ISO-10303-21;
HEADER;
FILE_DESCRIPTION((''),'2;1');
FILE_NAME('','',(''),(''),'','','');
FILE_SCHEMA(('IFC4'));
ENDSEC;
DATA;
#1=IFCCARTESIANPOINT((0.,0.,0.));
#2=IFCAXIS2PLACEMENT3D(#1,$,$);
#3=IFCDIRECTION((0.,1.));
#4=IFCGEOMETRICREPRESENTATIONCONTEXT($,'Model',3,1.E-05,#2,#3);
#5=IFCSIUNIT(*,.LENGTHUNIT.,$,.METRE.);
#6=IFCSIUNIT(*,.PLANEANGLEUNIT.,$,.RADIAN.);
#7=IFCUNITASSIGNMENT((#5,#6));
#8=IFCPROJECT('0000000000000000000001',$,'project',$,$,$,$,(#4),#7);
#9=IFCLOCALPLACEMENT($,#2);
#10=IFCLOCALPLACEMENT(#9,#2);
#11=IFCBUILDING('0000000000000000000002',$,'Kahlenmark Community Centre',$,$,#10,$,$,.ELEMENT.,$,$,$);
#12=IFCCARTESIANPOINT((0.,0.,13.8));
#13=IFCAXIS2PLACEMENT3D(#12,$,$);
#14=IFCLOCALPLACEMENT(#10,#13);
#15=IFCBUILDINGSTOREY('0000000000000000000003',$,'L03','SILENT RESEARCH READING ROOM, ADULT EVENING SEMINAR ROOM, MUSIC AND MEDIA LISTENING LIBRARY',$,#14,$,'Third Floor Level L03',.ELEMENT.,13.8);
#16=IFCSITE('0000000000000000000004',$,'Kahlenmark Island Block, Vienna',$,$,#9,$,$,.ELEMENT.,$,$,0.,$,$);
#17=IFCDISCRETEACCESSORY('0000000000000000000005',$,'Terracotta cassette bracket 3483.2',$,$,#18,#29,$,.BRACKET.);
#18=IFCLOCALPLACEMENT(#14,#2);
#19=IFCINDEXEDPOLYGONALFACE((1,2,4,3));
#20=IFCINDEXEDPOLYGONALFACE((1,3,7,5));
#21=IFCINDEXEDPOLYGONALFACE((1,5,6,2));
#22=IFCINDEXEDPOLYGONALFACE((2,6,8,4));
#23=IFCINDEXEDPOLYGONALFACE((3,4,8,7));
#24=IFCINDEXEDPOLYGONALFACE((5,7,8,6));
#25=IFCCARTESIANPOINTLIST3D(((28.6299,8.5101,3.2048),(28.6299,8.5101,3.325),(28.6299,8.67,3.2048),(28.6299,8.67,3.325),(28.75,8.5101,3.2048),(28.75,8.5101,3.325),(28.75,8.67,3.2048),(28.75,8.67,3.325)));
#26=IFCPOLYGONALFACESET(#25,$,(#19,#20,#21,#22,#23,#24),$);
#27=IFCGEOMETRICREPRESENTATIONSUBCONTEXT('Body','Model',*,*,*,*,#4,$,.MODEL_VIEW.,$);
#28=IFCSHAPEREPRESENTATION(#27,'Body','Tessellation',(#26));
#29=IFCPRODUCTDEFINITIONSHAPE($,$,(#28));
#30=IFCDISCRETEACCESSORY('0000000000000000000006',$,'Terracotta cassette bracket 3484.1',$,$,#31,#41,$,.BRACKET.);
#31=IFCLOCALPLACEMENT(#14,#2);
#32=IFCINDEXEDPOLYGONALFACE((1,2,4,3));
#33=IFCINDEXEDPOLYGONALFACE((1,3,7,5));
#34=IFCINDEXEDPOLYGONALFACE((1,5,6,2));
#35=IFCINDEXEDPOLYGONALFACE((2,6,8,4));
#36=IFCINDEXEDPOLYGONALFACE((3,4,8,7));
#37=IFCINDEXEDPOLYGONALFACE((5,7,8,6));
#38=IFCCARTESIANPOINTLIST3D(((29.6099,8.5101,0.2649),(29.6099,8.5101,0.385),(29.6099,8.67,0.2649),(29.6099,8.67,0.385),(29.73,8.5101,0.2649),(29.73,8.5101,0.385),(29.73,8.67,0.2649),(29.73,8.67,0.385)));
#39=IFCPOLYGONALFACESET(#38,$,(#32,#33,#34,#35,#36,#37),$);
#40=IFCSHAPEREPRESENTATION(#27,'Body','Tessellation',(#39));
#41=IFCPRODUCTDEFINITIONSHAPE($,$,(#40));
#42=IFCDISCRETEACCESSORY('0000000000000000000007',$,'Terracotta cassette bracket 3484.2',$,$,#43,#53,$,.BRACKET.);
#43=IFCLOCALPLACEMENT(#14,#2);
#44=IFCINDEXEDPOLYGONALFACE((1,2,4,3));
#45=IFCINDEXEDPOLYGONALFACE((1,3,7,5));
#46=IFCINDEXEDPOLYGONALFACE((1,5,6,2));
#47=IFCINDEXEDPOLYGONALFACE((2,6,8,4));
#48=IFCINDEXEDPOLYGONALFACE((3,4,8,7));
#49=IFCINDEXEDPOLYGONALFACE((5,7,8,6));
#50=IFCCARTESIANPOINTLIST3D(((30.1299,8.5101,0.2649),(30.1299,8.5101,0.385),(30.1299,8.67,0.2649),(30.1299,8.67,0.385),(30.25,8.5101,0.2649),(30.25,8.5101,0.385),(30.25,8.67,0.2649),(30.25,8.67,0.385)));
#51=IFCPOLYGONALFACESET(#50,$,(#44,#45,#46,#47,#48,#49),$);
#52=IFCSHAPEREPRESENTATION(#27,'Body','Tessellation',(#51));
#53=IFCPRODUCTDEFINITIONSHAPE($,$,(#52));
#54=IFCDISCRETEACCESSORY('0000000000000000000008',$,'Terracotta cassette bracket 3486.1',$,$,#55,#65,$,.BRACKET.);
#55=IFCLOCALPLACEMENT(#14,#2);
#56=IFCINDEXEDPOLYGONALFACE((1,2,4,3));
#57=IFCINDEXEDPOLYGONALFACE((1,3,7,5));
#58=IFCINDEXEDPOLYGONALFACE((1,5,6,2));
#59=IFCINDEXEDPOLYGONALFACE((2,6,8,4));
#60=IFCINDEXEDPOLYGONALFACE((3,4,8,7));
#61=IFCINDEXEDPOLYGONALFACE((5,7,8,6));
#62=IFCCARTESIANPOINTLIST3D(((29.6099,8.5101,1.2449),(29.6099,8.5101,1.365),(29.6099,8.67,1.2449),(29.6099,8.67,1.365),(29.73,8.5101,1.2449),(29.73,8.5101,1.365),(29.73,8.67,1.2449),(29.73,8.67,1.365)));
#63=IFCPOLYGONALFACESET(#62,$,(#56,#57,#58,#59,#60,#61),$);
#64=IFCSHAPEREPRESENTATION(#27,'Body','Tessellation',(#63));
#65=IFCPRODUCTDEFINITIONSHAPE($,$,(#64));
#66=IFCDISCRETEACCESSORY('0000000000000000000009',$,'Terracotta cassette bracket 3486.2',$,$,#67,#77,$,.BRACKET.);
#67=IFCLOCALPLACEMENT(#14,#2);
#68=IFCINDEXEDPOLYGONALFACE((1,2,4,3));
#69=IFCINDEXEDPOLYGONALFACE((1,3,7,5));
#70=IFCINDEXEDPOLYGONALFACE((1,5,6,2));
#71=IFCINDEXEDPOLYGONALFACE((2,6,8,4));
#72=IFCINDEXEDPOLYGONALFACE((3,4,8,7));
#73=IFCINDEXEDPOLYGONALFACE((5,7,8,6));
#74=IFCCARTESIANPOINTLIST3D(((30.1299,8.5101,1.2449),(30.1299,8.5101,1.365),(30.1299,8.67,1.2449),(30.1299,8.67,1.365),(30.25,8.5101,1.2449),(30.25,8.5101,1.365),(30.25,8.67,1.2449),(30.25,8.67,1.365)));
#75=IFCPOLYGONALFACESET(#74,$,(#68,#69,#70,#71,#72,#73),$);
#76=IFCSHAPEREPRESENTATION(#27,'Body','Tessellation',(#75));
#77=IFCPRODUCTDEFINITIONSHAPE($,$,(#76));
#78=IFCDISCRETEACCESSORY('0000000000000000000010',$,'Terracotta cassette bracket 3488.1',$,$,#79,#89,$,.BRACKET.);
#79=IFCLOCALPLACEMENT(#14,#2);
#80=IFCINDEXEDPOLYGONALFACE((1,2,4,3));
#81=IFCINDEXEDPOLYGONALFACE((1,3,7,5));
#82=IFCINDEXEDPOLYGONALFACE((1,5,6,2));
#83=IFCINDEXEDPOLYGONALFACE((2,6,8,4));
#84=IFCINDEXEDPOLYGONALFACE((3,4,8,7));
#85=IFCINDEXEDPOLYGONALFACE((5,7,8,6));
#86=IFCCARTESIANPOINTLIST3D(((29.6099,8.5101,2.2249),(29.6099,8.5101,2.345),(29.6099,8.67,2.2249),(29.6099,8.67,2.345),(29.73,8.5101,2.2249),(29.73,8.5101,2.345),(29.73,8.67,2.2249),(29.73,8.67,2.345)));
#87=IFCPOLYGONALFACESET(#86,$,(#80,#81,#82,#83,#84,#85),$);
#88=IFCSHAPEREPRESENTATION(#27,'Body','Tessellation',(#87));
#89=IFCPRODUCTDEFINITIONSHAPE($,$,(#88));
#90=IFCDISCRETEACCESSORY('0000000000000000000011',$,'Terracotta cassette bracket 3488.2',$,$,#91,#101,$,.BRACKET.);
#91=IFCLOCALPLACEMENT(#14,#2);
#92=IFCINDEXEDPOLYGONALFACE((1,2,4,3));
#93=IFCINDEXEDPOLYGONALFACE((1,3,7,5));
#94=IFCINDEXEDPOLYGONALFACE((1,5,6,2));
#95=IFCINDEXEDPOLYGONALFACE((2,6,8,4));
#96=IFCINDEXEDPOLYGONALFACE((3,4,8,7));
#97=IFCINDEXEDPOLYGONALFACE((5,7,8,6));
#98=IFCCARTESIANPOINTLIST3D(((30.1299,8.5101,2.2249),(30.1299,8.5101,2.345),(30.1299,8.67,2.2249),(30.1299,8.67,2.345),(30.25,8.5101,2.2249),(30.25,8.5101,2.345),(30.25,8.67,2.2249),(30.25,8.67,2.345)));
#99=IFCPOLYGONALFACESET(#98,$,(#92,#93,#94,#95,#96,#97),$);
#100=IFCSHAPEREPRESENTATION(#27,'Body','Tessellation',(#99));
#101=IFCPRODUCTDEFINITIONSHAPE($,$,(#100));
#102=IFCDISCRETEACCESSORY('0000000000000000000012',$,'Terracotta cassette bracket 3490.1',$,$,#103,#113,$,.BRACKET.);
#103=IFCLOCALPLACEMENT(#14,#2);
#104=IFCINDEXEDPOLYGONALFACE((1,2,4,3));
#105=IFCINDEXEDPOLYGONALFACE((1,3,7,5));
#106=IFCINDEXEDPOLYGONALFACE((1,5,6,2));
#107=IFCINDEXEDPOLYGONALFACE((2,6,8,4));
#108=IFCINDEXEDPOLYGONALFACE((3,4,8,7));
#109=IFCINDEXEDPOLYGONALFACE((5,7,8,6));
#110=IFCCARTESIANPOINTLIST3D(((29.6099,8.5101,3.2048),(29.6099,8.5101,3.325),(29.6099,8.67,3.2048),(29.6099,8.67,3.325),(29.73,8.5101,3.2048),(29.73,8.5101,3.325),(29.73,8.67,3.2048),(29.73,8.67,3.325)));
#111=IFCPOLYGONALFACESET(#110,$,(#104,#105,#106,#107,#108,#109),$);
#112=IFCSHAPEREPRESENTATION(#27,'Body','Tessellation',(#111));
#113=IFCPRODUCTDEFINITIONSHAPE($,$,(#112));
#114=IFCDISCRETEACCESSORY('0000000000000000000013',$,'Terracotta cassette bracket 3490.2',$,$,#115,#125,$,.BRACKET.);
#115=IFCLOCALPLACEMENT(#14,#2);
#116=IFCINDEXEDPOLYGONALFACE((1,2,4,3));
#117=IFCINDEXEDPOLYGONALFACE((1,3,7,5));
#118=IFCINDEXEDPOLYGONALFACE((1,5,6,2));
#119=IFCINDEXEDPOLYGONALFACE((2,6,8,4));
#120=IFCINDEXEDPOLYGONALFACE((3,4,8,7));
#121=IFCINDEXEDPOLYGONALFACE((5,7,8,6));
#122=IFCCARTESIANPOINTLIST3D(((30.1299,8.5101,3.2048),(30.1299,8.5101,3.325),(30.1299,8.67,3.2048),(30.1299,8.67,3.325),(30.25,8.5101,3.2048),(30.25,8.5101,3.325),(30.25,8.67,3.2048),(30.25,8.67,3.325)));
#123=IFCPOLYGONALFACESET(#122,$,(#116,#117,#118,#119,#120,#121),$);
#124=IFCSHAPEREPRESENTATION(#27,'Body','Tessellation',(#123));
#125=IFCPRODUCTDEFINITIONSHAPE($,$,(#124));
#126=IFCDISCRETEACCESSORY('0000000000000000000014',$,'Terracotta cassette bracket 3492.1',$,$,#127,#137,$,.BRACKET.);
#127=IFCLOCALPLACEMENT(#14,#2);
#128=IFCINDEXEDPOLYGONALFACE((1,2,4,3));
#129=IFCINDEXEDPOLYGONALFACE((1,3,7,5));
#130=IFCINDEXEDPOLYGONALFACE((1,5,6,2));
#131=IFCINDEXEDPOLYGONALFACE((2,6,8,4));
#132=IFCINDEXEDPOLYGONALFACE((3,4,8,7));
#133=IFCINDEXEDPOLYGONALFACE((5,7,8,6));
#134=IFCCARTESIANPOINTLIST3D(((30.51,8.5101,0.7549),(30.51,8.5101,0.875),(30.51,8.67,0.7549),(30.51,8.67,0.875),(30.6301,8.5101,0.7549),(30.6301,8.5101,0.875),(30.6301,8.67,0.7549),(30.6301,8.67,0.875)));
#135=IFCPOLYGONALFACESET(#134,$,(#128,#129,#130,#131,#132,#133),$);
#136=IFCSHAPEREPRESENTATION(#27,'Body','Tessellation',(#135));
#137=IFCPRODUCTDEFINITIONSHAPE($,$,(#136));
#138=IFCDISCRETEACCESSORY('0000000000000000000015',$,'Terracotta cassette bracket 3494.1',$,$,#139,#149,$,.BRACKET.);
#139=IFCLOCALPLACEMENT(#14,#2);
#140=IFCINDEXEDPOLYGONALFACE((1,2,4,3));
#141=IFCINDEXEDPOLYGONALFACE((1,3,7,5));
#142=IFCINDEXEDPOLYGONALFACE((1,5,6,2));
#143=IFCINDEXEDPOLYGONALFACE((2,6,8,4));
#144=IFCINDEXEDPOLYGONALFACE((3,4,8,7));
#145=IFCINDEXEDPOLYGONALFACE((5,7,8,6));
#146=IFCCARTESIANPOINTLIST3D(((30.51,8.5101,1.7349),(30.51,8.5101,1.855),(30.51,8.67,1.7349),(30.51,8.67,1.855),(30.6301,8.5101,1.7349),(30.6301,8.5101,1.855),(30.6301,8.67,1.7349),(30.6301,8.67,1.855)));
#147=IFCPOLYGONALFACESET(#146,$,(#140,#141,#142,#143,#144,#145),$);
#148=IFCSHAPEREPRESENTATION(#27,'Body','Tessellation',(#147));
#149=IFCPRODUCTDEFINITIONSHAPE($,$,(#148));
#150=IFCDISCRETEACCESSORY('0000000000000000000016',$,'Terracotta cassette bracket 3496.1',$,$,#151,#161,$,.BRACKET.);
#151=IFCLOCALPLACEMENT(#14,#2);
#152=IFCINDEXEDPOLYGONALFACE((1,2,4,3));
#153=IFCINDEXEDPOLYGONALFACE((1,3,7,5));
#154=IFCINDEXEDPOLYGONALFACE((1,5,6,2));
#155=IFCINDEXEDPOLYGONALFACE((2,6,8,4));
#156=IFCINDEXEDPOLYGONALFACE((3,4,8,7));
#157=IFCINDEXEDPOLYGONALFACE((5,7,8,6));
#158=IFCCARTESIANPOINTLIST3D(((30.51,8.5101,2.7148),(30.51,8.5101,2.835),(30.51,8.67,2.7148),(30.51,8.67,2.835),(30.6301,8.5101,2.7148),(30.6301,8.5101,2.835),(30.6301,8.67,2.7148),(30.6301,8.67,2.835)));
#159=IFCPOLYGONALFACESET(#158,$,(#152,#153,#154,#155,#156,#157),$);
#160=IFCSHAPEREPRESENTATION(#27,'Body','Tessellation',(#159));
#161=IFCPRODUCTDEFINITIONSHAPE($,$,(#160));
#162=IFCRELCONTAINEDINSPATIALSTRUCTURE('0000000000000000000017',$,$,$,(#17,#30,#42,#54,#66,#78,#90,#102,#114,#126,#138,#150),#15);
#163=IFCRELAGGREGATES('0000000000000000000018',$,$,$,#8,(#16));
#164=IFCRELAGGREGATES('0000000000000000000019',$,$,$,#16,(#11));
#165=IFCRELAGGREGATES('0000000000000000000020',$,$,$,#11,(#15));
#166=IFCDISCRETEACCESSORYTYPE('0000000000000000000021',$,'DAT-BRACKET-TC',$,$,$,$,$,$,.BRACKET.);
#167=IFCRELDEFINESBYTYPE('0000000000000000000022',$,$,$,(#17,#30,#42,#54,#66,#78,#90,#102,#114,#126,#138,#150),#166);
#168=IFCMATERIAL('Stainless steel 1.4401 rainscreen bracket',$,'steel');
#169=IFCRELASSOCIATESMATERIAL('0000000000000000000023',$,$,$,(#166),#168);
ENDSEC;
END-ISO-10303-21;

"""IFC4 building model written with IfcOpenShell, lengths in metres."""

from ifc_helpers import new_model, si_unit, direction, frame, origin, origin_2d, place, context, subcontext, project, spatial, rectangle, extrude, material, type_object, element, save


model = new_model("IFC4")

# Units and contexts
model_context = context("Model", 3, precision=1e-05, world=origin(), true_north=direction((0.0, 1.0)))
body_context = subcontext(model_context, "Body", "Model", "MODEL_VIEW")
ifc_project = project(units=[si_unit("LENGTHUNIT", "METRE"), si_unit("PLANEANGLEUNIT", "RADIAN")], contexts=[model_context])

# Site, building, storey
site_placement = place(None, origin())
site = spatial("IfcSite", under=ifc_project, at=site_placement, Name="Kahlenmark Island Block, Vienna", CompositionType="ELEMENT", RefElevation=0.0)
building_placement = place(site_placement, origin())
building = spatial("IfcBuilding", under=site, at=building_placement, Name="Kahlenmark Community Centre", CompositionType="ELEMENT")
storey_placement = place(building_placement, frame((0.0, 0.0, 13.8)))
storey = spatial("IfcBuildingStorey", under=building, at=storey_placement, Name="L03", Description="SILENT RESEARCH READING ROOM, ADULT EVENING SEMINAR ROOM, MUSIC AND MEDIA LISTENING LIBRARY", LongName="Third Floor Level L03", CompositionType="ELEMENT", Elevation=13.8)

# Discrete accessories
ifc_material_1 = material(Name="Stainless steel 1.4401 rainscreen bracket", Category="steel")
discrete_accessory_type = type_object("IfcDiscreteAccessoryType", Name="DAT-BRACKET-TC", PredefinedType="BRACKET", material=ifc_material_1)
for number, where, z_axis, x_axis, name in (
    (1, (28.6899, 8.5901, 3.2048), (0.0, 0.0, 1.0), (1.0, 0.0, 0.0), "Terracotta cassette bracket 3483.2"),
    (2, (29.6699, 8.5901, 0.2649), (0.0, 0.0, 1.0), (1.0, 0.0, 0.0), "Terracotta cassette bracket 3484.1"),
    (3, (30.1899, 8.5901, 0.2649), (0.0, 0.0, 1.0), (1.0, 0.0, 0.0), "Terracotta cassette bracket 3484.2"),
    (4, (29.6699, 8.5901, 1.2449), (0.0, 0.0, 1.0), (1.0, 0.0, 0.0), "Terracotta cassette bracket 3486.1"),
    (5, (30.1899, 8.5901, 1.2449), (0.0, 0.0, 1.0), (1.0, 0.0, 0.0), "Terracotta cassette bracket 3486.2"),
    (6, (29.6699, 8.5901, 2.2249), (0.0, 0.0, 1.0), (1.0, 0.0, 0.0), "Terracotta cassette bracket 3488.1"),
    (7, (30.1899, 8.5901, 2.2249), (0.0, 0.0, 1.0), (1.0, 0.0, 0.0), "Terracotta cassette bracket 3488.2"),
    (8, (29.6699, 8.5901, 3.2048), (0.0, 0.0, 1.0), (1.0, 0.0, 0.0), "Terracotta cassette bracket 3490.1"),
    (9, (30.1899, 8.5901, 3.2048), (0.0, 0.0, 1.0), (1.0, 0.0, 0.0), "Terracotta cassette bracket 3490.2"),
    (10, (30.5701, 8.5901, 0.7549), (0.0, 0.0, 1.0), (1.0, 0.0, 0.0), "Terracotta cassette bracket 3492.1"),
    (11, (30.5701, 8.5901, 1.7349), (0.0, 0.0, 1.0), (1.0, 0.0, 0.0), "Terracotta cassette bracket 3494.1"),
    (12, (30.5701, 8.5901, 2.7148), (0.0, 0.0, 1.0), (1.0, 0.0, 0.0), "Terracotta cassette bracket 3496.1"),
):
    element("IfcDiscreteAccessory", number, at=place(storey_placement, frame(where, z_axis=z_axis, x_axis=x_axis)), inside=storey, type_object=discrete_accessory_type, Name=name, PredefinedType="BRACKET", context=body_context, shape_type="SweptSolid", body=[
        extrude(rectangle(XDim=0.1201, YDim=0.1599, at=origin_2d()), origin(), (0.0, 0.0, 1.0), 0.1201),
    ])

save(model, "model.ifc")
